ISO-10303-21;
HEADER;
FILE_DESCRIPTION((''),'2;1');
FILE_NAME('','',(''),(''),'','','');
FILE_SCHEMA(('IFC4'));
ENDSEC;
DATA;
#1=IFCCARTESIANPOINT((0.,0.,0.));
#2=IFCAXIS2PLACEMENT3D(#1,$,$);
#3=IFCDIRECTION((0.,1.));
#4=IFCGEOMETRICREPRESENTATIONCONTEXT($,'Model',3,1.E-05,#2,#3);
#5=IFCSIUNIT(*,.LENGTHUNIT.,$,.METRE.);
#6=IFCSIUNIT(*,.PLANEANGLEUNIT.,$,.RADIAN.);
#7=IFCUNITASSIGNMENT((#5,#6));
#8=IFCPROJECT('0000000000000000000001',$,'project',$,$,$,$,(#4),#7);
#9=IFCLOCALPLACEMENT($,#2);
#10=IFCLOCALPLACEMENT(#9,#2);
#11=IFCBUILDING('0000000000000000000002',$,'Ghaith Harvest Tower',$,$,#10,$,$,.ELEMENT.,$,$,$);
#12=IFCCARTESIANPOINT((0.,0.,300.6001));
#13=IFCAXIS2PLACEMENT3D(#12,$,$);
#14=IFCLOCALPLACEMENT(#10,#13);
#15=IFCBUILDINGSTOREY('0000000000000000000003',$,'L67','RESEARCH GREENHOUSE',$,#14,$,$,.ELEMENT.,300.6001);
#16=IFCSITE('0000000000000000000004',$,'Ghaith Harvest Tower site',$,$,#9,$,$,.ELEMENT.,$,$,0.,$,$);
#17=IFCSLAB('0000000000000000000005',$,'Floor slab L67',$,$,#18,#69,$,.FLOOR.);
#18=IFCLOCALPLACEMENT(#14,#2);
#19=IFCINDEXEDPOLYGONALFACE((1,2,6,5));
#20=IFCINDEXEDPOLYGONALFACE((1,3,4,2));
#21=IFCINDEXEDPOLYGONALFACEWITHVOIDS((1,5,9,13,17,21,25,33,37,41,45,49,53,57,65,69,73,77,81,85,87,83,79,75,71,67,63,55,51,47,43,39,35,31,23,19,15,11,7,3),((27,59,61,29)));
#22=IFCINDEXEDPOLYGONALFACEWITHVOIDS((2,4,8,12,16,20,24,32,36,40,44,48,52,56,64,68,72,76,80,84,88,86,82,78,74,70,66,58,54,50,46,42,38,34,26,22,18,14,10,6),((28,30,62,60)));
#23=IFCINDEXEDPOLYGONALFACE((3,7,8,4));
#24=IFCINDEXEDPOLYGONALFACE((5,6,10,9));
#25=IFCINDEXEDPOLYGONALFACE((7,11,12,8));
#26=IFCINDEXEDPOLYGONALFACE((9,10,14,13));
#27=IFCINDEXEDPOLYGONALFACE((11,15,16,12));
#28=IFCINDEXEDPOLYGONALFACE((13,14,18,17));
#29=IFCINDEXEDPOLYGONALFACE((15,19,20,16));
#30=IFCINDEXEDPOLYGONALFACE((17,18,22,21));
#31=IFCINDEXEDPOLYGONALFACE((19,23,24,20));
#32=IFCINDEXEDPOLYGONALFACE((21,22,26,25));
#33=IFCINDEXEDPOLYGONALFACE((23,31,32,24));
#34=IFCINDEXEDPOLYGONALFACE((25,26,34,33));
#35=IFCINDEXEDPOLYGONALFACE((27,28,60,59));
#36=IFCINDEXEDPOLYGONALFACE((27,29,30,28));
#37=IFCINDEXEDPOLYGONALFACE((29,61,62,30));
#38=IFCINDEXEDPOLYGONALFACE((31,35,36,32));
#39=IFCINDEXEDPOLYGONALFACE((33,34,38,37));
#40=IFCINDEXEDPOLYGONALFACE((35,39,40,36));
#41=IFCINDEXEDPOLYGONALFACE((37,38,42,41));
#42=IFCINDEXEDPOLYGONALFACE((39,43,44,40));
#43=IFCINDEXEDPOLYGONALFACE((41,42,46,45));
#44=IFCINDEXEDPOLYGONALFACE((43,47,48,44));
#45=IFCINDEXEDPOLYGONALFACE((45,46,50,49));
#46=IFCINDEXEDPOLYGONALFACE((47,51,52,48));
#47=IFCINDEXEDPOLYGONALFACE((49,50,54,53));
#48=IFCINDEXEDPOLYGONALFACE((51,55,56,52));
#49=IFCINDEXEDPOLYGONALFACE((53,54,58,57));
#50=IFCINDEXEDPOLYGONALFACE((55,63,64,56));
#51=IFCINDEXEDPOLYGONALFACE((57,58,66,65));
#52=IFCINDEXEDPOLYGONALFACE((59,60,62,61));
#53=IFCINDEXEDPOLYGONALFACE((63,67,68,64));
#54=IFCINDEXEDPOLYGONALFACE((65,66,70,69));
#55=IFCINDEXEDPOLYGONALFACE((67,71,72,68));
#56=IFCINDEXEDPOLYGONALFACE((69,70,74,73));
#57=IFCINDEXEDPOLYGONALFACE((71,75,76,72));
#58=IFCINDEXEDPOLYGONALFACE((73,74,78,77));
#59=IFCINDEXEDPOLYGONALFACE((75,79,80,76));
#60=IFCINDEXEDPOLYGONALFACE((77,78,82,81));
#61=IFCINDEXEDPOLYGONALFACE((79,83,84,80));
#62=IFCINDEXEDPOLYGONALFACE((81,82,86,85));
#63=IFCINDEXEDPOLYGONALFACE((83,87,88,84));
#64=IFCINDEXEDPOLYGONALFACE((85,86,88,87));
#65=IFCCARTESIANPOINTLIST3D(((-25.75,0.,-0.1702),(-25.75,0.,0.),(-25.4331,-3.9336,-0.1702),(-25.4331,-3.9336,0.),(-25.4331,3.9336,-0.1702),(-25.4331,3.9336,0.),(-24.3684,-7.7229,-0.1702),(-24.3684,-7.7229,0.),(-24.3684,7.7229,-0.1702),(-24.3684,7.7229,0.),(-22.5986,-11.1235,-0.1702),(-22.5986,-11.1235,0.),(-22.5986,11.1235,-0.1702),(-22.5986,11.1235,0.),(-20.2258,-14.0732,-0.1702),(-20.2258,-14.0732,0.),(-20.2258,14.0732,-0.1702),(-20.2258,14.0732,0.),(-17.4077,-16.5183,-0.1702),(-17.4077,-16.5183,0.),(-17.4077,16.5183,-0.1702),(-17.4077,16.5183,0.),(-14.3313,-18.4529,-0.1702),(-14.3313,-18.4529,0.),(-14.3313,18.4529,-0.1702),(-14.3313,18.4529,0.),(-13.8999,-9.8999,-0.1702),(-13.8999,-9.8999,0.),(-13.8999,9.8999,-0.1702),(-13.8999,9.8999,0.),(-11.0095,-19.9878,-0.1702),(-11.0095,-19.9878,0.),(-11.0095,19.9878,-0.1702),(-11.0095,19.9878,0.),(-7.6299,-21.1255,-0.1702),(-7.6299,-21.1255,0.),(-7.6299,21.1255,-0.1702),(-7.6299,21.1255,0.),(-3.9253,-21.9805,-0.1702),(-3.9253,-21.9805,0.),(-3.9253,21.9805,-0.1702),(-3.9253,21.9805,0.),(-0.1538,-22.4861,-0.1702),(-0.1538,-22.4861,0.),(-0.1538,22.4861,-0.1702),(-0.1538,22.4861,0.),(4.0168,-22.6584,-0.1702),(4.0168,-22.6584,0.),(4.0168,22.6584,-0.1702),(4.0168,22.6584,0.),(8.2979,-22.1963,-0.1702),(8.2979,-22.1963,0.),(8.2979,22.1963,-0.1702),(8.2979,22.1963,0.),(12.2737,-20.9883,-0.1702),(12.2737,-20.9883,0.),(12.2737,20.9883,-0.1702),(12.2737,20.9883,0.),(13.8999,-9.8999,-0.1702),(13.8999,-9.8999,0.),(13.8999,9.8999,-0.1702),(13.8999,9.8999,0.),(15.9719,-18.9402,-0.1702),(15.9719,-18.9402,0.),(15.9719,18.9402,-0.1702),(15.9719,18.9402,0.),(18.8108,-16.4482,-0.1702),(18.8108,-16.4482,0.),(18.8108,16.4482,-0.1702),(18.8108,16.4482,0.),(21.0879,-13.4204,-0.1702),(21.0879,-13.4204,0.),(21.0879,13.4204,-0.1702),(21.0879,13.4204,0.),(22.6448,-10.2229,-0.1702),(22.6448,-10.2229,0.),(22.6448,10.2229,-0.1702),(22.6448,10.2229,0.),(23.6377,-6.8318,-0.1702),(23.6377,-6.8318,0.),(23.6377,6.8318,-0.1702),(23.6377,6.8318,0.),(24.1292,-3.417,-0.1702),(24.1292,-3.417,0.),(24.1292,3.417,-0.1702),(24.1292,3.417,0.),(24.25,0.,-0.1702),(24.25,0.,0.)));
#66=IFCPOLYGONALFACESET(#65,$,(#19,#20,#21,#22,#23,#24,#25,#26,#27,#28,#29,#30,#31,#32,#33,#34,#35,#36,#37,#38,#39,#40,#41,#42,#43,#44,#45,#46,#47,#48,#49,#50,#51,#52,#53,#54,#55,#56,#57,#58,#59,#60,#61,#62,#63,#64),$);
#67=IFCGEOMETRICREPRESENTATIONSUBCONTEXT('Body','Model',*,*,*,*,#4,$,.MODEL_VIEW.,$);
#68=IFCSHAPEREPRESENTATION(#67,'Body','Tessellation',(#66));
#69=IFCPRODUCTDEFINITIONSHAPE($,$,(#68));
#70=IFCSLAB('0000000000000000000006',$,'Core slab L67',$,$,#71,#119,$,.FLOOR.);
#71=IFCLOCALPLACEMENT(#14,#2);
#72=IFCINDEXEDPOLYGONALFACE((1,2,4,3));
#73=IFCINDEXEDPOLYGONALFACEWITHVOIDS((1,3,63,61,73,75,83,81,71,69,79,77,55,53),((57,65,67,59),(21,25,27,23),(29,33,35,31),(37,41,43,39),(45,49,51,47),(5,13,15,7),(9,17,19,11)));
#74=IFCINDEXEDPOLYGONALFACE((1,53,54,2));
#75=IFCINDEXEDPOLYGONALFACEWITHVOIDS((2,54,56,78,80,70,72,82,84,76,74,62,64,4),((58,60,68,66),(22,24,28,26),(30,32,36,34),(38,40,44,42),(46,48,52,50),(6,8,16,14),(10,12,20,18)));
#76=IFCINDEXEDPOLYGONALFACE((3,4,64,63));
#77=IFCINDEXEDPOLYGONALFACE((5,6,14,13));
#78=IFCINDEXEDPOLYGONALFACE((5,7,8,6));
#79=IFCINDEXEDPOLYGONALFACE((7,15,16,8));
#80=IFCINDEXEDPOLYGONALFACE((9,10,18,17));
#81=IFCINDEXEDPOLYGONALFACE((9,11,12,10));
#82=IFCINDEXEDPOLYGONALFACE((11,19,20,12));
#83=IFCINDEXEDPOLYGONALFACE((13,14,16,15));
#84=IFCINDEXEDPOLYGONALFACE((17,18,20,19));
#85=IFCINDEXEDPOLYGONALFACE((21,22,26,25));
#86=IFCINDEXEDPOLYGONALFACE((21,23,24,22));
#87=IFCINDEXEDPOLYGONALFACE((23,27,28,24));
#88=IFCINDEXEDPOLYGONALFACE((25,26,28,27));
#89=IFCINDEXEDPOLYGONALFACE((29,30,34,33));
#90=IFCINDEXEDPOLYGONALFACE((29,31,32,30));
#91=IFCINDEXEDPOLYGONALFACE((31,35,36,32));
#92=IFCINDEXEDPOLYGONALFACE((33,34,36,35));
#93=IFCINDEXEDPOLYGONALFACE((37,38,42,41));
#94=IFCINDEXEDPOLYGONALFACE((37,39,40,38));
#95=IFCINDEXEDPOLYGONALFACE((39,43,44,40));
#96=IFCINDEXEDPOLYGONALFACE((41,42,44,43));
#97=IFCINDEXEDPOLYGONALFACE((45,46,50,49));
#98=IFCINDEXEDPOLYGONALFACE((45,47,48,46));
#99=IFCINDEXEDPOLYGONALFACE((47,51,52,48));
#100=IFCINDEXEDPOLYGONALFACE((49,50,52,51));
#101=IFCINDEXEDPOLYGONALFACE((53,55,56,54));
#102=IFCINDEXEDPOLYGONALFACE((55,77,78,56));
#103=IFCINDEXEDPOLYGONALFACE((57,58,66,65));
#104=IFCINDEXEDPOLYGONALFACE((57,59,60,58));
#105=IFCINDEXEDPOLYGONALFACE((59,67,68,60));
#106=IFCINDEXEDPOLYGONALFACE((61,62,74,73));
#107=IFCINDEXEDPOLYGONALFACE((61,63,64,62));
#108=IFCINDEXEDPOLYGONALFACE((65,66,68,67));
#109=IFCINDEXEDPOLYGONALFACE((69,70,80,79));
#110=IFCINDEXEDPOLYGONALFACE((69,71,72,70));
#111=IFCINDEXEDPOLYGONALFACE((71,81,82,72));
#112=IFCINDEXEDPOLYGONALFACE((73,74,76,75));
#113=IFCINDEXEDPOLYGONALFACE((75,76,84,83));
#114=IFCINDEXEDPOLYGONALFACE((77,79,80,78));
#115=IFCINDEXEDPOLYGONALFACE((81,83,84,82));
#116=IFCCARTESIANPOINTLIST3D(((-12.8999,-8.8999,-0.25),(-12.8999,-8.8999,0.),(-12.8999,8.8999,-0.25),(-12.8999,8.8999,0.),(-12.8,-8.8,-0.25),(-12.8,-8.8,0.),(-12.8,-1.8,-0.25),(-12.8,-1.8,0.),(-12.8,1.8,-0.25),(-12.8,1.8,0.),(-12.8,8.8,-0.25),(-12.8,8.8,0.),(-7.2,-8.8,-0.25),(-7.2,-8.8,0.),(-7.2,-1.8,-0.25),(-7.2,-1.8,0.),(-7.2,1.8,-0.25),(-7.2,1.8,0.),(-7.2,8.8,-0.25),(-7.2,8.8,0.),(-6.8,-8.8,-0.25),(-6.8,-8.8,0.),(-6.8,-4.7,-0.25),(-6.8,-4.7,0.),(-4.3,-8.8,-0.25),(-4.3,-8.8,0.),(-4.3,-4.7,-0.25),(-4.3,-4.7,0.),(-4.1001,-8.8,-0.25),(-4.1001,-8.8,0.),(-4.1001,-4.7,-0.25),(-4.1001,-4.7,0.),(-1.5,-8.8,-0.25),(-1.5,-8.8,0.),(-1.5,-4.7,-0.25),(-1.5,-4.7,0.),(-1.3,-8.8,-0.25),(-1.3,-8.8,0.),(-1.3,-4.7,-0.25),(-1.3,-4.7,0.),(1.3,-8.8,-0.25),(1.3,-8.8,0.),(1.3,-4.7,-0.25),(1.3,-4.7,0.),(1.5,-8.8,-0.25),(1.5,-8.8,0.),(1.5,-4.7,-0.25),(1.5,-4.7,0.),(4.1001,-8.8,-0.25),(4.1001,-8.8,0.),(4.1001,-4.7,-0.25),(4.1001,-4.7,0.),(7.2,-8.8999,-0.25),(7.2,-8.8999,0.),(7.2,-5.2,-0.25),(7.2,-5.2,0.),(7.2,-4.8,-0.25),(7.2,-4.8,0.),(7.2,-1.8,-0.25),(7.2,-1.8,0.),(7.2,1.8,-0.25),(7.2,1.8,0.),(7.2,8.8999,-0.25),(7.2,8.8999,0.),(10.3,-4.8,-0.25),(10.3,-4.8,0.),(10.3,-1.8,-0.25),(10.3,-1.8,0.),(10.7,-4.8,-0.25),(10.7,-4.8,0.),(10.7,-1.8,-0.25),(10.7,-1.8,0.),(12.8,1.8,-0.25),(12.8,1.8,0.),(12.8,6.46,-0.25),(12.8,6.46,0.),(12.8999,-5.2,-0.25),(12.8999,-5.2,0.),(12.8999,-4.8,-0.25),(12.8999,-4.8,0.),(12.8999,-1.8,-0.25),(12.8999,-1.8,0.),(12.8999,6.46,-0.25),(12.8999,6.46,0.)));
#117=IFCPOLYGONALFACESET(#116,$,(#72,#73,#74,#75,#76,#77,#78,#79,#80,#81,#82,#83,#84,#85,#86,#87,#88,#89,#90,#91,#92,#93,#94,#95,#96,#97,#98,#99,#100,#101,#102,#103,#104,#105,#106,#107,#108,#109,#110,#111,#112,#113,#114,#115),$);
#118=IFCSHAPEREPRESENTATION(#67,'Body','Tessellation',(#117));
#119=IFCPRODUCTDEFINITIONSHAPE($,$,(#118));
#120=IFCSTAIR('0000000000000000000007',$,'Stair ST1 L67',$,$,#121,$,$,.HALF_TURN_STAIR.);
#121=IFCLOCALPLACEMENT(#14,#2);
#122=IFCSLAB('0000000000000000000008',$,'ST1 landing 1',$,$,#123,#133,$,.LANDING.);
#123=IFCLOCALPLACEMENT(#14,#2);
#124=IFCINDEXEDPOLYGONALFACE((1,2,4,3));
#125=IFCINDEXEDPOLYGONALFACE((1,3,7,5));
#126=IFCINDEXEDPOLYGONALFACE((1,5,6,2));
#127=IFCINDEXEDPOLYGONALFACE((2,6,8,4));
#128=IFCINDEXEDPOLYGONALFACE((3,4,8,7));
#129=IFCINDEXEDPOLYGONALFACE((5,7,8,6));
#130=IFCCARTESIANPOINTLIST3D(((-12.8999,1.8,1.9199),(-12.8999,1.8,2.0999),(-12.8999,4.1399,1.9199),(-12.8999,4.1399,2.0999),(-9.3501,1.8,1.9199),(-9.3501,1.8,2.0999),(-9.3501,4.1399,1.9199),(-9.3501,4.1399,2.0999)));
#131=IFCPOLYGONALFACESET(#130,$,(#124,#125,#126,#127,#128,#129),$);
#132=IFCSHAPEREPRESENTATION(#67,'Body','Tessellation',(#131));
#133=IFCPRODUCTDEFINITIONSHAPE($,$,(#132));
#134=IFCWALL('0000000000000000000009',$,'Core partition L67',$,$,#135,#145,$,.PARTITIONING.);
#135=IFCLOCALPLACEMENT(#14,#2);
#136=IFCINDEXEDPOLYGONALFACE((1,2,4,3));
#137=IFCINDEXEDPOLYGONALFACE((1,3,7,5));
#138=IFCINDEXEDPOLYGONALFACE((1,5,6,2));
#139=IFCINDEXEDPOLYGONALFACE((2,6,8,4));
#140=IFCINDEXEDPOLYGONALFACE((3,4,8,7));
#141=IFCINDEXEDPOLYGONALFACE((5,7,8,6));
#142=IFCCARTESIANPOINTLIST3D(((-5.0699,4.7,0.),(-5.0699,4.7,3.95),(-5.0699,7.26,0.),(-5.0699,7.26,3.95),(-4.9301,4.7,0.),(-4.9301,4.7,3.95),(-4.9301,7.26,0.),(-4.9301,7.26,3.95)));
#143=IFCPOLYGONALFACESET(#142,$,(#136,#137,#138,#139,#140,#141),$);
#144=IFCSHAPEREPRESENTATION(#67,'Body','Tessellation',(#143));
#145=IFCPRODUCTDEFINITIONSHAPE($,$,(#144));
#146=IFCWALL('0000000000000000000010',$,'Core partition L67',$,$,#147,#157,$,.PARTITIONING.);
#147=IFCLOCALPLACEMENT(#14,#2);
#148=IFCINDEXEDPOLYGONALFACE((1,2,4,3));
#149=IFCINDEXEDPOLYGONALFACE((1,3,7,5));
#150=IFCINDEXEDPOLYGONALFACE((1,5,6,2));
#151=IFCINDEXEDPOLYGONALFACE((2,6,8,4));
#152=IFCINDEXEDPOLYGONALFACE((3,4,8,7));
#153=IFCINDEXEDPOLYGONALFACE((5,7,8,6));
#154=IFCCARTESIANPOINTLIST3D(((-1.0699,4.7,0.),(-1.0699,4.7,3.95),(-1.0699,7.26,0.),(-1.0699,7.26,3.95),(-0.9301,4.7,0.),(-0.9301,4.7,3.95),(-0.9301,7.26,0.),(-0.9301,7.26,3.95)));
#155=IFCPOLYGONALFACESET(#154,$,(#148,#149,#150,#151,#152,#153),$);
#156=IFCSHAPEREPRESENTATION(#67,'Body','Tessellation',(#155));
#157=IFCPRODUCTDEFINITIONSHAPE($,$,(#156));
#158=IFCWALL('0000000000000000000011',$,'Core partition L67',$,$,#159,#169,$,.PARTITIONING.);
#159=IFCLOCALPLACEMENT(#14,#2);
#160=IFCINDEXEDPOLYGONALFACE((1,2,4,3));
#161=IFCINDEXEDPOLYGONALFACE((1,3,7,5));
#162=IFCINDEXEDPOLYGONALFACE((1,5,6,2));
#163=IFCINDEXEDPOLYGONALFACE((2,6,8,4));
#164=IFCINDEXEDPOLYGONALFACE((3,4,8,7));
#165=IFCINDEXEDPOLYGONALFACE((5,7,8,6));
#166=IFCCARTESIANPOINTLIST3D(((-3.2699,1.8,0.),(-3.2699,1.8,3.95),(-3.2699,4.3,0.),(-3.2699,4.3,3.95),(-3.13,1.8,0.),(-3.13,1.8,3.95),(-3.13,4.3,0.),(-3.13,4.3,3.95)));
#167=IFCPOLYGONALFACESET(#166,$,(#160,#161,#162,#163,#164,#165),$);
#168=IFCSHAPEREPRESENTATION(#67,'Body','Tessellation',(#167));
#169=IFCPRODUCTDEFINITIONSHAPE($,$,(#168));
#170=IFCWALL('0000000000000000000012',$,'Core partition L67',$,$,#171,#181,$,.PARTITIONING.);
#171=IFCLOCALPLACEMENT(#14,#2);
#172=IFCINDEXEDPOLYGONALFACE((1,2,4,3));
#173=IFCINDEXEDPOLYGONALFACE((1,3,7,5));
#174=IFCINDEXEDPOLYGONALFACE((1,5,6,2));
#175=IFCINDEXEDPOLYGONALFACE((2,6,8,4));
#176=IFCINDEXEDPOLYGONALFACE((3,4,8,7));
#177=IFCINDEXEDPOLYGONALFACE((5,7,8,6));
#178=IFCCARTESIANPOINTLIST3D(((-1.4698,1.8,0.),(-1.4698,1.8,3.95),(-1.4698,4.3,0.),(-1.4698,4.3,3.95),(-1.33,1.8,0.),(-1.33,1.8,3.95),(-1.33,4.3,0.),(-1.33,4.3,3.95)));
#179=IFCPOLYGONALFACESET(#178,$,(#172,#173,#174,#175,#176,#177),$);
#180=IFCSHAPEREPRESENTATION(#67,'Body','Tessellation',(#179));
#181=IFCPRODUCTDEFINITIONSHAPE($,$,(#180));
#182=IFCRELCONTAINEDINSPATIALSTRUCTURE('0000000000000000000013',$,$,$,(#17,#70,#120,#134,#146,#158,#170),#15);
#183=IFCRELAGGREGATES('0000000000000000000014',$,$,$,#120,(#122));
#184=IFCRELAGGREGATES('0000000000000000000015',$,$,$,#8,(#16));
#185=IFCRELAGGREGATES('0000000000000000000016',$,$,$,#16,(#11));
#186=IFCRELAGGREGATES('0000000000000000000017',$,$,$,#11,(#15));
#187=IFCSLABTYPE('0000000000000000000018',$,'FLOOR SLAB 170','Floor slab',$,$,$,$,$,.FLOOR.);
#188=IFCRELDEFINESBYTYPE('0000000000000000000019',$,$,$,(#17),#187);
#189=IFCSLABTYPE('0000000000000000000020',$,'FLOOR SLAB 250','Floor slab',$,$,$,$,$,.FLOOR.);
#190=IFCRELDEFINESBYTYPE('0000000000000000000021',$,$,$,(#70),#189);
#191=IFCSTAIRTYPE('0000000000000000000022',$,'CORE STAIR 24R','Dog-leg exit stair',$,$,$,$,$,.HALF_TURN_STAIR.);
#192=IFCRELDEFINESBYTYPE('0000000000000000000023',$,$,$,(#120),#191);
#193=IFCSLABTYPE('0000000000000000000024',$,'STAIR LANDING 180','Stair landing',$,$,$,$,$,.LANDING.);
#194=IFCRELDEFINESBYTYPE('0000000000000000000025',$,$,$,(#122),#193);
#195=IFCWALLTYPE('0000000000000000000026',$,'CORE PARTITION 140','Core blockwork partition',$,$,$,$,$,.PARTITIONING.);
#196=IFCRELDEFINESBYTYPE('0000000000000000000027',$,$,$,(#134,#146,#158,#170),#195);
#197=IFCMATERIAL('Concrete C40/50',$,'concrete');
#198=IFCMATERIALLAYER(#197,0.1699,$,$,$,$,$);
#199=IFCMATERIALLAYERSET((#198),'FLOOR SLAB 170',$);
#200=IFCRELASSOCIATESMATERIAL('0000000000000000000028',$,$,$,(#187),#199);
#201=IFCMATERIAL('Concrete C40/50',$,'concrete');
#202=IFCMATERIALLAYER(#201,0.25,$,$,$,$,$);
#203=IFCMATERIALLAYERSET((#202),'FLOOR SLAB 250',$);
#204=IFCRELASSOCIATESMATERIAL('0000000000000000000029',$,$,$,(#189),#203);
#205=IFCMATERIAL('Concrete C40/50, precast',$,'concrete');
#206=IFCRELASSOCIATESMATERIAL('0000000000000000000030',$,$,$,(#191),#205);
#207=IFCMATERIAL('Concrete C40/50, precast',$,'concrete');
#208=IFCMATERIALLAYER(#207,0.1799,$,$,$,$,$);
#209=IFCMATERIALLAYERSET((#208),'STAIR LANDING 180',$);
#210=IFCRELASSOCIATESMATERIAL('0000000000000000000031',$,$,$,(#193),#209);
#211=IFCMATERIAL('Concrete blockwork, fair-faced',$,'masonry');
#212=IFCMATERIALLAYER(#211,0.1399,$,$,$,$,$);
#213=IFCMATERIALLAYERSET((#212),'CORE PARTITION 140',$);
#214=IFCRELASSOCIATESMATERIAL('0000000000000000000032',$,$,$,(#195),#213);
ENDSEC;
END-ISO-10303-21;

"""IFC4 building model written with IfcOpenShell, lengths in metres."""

from ifc_helpers import new_model, si_unit, direction, frame, frame_2d, origin, place, context, subcontext, project, spatial, polyline, rectangle, outline, extrude, material, layer, layer_set, type_object, element, aggregate, save


model = new_model("IFC4")

# Units and contexts
model_context = context("Model", 3, precision=1e-05, world=origin(), true_north=direction((0.0, 1.0)))
body_context = subcontext(model_context, "Body", "Model", "MODEL_VIEW")
ifc_project = project(units=[si_unit("LENGTHUNIT", "METRE"), si_unit("PLANEANGLEUNIT", "RADIAN")], contexts=[model_context])

# Site, building, storey
site_placement = place(None, origin())
site = spatial("IfcSite", under=ifc_project, at=site_placement, Name="Ghaith Harvest Tower site", CompositionType="ELEMENT", RefElevation=0.0)
building_placement = place(site_placement, origin())
building = spatial("IfcBuilding", under=site, at=building_placement, Name="Ghaith Harvest Tower", CompositionType="ELEMENT")
storey_placement = place(building_placement, frame((0.0, 0.0, 300.6001)))
storey = spatial("IfcBuildingStorey", under=building, at=storey_placement, Name="L67", Description="RESEARCH GREENHOUSE", CompositionType="ELEMENT", Elevation=300.6001)

# Slabs
ifc_material_1 = material(Name="Concrete C40/50", Category="concrete")
ifc_layer_1 = layer(ifc_material_1, 0.1699)
ifc_layer_set_1 = layer_set([ifc_layer_1], Name="FLOOR SLAB 170")
slab_type_1 = type_object("IfcSlabType", Name="FLOOR SLAB 170", Description="Floor slab", PredefinedType="FLOOR", material=ifc_layer_set_1)
slab_1_placement = place(storey_placement, frame((0.0, 0.0, -0.1702)))
element("IfcSlab", 1, at=slab_1_placement, inside=storey, type_object=slab_type_1, Name="Floor slab L67", PredefinedType="FLOOR", context=body_context, shape_type="SweptSolid", body=[
    extrude(outline(polyline([(24.25, 0.0), (24.1292, 3.417), (23.6377, 6.8318), (22.6448, 10.2229), (21.0879, 13.4204), (18.8108, 16.4482), (15.9719, 18.9402), (12.2737, 20.9883), (8.2979, 22.1963), (4.0168, 22.6584), (-0.1538, 22.4861), (-3.9253, 21.9805), (-7.6299, 21.1255), (-11.0095, 19.9878), (-14.3313, 18.4529), (-17.4077, 16.5183), (-20.2258, 14.0732), (-22.5986, 11.1235), (-24.3684, 7.7229), (-25.4331, 3.9336), (-25.75, 0.0), (-25.4331, -3.9336), (-24.3684, -7.7229), (-22.5986, -11.1235), (-20.2258, -14.0732), (-17.4077, -16.5183), (-14.3313, -18.4529), (-11.0095, -19.9878), (-7.6299, -21.1255), (-3.9253, -21.9805), (-0.1538, -22.4861), (4.0168, -22.6584), (8.2979, -22.1963), (12.2737, -20.9883), (15.9719, -18.9402), (18.8108, -16.4482), (21.0879, -13.4204), (22.6448, -10.2229), (23.6377, -6.8318), (24.1292, -3.417), (24.25, 0.0)]), holes=[polyline([(-13.8999, -9.8999), (13.8999, -9.8999), (13.8999, 9.8999), (-13.8999, 9.8999), (-13.8999, -9.8999)])]), origin(), (0.0, 0.0, 1.0), 0.1702),
])
ifc_material_2 = material(Name="Concrete C40/50", Category="concrete")
ifc_layer_2 = layer(ifc_material_2, 0.25)
ifc_layer_set_2 = layer_set([ifc_layer_2], Name="FLOOR SLAB 250")
slab_type_2 = type_object("IfcSlabType", Name="FLOOR SLAB 250", Description="Floor slab", PredefinedType="FLOOR", material=ifc_layer_set_2)
slab_2_placement = place(storey_placement, frame((0.0, 0.0, -0.25)))
element("IfcSlab", 2, at=slab_2_placement, inside=storey, type_object=slab_type_2, Name="Core slab L67", PredefinedType="FLOOR", context=body_context, shape_type="SweptSolid", body=[
    extrude(outline(polyline([(-12.8999, 8.8999), (7.2, 8.8999), (7.2, 1.8), (12.8, 1.8), (12.8, 6.46), (12.8999, 6.46), (12.8999, -1.8), (10.7, -1.8), (10.7, -4.8), (12.8999, -4.8), (12.8999, -5.2), (7.2, -5.2), (7.2, -8.8999), (-12.8999, -8.8999), (-12.8999, 8.8999)]), holes=[polyline([(-4.3, -4.7), (-6.8, -4.7), (-6.8, -8.8), (-4.3, -8.8), (-4.3, -4.7)]), polyline([(-1.5, -4.7), (-4.1001, -4.7), (-4.1001, -8.8), (-1.5, -8.8), (-1.5, -4.7)]), polyline([(1.3, -8.8), (1.3, -4.7), (-1.3, -4.7), (-1.3, -8.8), (1.3, -8.8)]), polyline([(4.1001, -8.8), (4.1001, -4.7), (1.5, -4.7), (1.5, -8.8), (4.1001, -8.8)]), polyline([(-7.2, -1.8), (-12.8, -1.8), (-12.8, -8.8), (-7.2, -8.8), (-7.2, -1.8)]), polyline([(10.3, -1.8), (7.2, -1.8), (7.2, -4.8), (10.3, -4.8), (10.3, -1.8)]), polyline([(-12.8, 1.8), (-7.2, 1.8), (-7.2, 8.8), (-12.8, 8.8), (-12.8, 1.8)])]), origin(), (0.0, 0.0, 1.0), 0.25),
])

# Stair, slab
ifc_material_3 = material(Name="Concrete C40/50, precast", Category="concrete")
stair_type = type_object("IfcStairType", Name="CORE STAIR 24R", Description="Dog-leg exit stair", PredefinedType="HALF_TURN_STAIR", material=ifc_material_3)
stair_placement = place(storey_placement, origin())
stair = element("IfcStair", 3, at=stair_placement, inside=storey, type_object=stair_type, Name="Stair ST1 L67", PredefinedType="HALF_TURN_STAIR")
ifc_material_4 = material(Name="Concrete C40/50, precast", Category="concrete")
ifc_layer_3 = layer(ifc_material_4, 0.1799)
ifc_layer_set_3 = layer_set([ifc_layer_3], Name="STAIR LANDING 180")
slab_type_3 = type_object("IfcSlabType", Name="STAIR LANDING 180", Description="Stair landing", PredefinedType="LANDING", material=ifc_layer_set_3)
slab_3_placement = place(storey_placement, frame((0.0, 0.0, 1.9199)))
slab_3 = element("IfcSlab", 4, at=slab_3_placement, type_object=slab_type_3, Name="ST1 landing 1", PredefinedType="LANDING", context=body_context, shape_type="SweptSolid", body=[
    extrude(outline(polyline([(-12.8999, 4.1399), (-12.8999, 1.8), (-9.3501, 1.8), (-9.3501, 4.1399), (-12.8999, 4.1399)])), origin(), (0.0, 0.0, 1.0), 0.1799),
])

# Shared definitions
ifc_material_5 = material(Name="Concrete blockwork, fair-faced", Category="masonry")
ifc_layer_4 = layer(ifc_material_5, 0.1399)
ifc_layer_set_4 = layer_set([ifc_layer_4], Name="CORE PARTITION 140")
wall_type_1 = type_object("IfcWallType", Name="CORE PARTITION 140", Description="Core blockwork partition", PredefinedType="PARTITIONING", material=ifc_layer_set_4)

# Walls
for number, where, z_axis, x_axis, name in (
    (5, (-5.0, 4.7, 0.0), (0.0, 0.0, 1.0), (0.0, 1.0, 0.0), "Core partition L67"),
    (6, (-1.0, 4.7, 0.0), (0.0, 0.0, 1.0), (0.0, 1.0, 0.0), "Core partition L67"),
):
    element("IfcWall", number, at=place(storey_placement, frame(where, z_axis=z_axis, x_axis=x_axis)), inside=storey, type_object=wall_type_1, Name=name, PredefinedType="PARTITIONING", context=body_context, shape_type="SweptSolid", body=[
        extrude(rectangle(XDim=2.5601, YDim=0.1399, at=frame_2d((1.28, 0.0))), origin(), (0.0, 0.0, 1.0), 3.95),
    ])
for number, where, z_axis, x_axis, name in (
    (7, (-3.2, 1.8, 0.0), (0.0, 0.0, 1.0), (0.0, 1.0, 0.0), "Core partition L67"),
    (8, (-1.3999, 1.8, 0.0), (0.0, 0.0, 1.0), (0.0, 1.0, 0.0), "Core partition L67"),
):
    element("IfcWall", number, at=place(storey_placement, frame(where, z_axis=z_axis, x_axis=x_axis)), inside=storey, type_object=wall_type_1, Name=name, PredefinedType="PARTITIONING", context=body_context, shape_type="SweptSolid", body=[
        extrude(rectangle(XDim=2.5, YDim=0.1399, at=frame_2d((1.25, 0.0))), origin(), (0.0, 0.0, 1.0), 3.95),
    ])

aggregate(stair, [slab_3])

save(model, "model.ifc")
